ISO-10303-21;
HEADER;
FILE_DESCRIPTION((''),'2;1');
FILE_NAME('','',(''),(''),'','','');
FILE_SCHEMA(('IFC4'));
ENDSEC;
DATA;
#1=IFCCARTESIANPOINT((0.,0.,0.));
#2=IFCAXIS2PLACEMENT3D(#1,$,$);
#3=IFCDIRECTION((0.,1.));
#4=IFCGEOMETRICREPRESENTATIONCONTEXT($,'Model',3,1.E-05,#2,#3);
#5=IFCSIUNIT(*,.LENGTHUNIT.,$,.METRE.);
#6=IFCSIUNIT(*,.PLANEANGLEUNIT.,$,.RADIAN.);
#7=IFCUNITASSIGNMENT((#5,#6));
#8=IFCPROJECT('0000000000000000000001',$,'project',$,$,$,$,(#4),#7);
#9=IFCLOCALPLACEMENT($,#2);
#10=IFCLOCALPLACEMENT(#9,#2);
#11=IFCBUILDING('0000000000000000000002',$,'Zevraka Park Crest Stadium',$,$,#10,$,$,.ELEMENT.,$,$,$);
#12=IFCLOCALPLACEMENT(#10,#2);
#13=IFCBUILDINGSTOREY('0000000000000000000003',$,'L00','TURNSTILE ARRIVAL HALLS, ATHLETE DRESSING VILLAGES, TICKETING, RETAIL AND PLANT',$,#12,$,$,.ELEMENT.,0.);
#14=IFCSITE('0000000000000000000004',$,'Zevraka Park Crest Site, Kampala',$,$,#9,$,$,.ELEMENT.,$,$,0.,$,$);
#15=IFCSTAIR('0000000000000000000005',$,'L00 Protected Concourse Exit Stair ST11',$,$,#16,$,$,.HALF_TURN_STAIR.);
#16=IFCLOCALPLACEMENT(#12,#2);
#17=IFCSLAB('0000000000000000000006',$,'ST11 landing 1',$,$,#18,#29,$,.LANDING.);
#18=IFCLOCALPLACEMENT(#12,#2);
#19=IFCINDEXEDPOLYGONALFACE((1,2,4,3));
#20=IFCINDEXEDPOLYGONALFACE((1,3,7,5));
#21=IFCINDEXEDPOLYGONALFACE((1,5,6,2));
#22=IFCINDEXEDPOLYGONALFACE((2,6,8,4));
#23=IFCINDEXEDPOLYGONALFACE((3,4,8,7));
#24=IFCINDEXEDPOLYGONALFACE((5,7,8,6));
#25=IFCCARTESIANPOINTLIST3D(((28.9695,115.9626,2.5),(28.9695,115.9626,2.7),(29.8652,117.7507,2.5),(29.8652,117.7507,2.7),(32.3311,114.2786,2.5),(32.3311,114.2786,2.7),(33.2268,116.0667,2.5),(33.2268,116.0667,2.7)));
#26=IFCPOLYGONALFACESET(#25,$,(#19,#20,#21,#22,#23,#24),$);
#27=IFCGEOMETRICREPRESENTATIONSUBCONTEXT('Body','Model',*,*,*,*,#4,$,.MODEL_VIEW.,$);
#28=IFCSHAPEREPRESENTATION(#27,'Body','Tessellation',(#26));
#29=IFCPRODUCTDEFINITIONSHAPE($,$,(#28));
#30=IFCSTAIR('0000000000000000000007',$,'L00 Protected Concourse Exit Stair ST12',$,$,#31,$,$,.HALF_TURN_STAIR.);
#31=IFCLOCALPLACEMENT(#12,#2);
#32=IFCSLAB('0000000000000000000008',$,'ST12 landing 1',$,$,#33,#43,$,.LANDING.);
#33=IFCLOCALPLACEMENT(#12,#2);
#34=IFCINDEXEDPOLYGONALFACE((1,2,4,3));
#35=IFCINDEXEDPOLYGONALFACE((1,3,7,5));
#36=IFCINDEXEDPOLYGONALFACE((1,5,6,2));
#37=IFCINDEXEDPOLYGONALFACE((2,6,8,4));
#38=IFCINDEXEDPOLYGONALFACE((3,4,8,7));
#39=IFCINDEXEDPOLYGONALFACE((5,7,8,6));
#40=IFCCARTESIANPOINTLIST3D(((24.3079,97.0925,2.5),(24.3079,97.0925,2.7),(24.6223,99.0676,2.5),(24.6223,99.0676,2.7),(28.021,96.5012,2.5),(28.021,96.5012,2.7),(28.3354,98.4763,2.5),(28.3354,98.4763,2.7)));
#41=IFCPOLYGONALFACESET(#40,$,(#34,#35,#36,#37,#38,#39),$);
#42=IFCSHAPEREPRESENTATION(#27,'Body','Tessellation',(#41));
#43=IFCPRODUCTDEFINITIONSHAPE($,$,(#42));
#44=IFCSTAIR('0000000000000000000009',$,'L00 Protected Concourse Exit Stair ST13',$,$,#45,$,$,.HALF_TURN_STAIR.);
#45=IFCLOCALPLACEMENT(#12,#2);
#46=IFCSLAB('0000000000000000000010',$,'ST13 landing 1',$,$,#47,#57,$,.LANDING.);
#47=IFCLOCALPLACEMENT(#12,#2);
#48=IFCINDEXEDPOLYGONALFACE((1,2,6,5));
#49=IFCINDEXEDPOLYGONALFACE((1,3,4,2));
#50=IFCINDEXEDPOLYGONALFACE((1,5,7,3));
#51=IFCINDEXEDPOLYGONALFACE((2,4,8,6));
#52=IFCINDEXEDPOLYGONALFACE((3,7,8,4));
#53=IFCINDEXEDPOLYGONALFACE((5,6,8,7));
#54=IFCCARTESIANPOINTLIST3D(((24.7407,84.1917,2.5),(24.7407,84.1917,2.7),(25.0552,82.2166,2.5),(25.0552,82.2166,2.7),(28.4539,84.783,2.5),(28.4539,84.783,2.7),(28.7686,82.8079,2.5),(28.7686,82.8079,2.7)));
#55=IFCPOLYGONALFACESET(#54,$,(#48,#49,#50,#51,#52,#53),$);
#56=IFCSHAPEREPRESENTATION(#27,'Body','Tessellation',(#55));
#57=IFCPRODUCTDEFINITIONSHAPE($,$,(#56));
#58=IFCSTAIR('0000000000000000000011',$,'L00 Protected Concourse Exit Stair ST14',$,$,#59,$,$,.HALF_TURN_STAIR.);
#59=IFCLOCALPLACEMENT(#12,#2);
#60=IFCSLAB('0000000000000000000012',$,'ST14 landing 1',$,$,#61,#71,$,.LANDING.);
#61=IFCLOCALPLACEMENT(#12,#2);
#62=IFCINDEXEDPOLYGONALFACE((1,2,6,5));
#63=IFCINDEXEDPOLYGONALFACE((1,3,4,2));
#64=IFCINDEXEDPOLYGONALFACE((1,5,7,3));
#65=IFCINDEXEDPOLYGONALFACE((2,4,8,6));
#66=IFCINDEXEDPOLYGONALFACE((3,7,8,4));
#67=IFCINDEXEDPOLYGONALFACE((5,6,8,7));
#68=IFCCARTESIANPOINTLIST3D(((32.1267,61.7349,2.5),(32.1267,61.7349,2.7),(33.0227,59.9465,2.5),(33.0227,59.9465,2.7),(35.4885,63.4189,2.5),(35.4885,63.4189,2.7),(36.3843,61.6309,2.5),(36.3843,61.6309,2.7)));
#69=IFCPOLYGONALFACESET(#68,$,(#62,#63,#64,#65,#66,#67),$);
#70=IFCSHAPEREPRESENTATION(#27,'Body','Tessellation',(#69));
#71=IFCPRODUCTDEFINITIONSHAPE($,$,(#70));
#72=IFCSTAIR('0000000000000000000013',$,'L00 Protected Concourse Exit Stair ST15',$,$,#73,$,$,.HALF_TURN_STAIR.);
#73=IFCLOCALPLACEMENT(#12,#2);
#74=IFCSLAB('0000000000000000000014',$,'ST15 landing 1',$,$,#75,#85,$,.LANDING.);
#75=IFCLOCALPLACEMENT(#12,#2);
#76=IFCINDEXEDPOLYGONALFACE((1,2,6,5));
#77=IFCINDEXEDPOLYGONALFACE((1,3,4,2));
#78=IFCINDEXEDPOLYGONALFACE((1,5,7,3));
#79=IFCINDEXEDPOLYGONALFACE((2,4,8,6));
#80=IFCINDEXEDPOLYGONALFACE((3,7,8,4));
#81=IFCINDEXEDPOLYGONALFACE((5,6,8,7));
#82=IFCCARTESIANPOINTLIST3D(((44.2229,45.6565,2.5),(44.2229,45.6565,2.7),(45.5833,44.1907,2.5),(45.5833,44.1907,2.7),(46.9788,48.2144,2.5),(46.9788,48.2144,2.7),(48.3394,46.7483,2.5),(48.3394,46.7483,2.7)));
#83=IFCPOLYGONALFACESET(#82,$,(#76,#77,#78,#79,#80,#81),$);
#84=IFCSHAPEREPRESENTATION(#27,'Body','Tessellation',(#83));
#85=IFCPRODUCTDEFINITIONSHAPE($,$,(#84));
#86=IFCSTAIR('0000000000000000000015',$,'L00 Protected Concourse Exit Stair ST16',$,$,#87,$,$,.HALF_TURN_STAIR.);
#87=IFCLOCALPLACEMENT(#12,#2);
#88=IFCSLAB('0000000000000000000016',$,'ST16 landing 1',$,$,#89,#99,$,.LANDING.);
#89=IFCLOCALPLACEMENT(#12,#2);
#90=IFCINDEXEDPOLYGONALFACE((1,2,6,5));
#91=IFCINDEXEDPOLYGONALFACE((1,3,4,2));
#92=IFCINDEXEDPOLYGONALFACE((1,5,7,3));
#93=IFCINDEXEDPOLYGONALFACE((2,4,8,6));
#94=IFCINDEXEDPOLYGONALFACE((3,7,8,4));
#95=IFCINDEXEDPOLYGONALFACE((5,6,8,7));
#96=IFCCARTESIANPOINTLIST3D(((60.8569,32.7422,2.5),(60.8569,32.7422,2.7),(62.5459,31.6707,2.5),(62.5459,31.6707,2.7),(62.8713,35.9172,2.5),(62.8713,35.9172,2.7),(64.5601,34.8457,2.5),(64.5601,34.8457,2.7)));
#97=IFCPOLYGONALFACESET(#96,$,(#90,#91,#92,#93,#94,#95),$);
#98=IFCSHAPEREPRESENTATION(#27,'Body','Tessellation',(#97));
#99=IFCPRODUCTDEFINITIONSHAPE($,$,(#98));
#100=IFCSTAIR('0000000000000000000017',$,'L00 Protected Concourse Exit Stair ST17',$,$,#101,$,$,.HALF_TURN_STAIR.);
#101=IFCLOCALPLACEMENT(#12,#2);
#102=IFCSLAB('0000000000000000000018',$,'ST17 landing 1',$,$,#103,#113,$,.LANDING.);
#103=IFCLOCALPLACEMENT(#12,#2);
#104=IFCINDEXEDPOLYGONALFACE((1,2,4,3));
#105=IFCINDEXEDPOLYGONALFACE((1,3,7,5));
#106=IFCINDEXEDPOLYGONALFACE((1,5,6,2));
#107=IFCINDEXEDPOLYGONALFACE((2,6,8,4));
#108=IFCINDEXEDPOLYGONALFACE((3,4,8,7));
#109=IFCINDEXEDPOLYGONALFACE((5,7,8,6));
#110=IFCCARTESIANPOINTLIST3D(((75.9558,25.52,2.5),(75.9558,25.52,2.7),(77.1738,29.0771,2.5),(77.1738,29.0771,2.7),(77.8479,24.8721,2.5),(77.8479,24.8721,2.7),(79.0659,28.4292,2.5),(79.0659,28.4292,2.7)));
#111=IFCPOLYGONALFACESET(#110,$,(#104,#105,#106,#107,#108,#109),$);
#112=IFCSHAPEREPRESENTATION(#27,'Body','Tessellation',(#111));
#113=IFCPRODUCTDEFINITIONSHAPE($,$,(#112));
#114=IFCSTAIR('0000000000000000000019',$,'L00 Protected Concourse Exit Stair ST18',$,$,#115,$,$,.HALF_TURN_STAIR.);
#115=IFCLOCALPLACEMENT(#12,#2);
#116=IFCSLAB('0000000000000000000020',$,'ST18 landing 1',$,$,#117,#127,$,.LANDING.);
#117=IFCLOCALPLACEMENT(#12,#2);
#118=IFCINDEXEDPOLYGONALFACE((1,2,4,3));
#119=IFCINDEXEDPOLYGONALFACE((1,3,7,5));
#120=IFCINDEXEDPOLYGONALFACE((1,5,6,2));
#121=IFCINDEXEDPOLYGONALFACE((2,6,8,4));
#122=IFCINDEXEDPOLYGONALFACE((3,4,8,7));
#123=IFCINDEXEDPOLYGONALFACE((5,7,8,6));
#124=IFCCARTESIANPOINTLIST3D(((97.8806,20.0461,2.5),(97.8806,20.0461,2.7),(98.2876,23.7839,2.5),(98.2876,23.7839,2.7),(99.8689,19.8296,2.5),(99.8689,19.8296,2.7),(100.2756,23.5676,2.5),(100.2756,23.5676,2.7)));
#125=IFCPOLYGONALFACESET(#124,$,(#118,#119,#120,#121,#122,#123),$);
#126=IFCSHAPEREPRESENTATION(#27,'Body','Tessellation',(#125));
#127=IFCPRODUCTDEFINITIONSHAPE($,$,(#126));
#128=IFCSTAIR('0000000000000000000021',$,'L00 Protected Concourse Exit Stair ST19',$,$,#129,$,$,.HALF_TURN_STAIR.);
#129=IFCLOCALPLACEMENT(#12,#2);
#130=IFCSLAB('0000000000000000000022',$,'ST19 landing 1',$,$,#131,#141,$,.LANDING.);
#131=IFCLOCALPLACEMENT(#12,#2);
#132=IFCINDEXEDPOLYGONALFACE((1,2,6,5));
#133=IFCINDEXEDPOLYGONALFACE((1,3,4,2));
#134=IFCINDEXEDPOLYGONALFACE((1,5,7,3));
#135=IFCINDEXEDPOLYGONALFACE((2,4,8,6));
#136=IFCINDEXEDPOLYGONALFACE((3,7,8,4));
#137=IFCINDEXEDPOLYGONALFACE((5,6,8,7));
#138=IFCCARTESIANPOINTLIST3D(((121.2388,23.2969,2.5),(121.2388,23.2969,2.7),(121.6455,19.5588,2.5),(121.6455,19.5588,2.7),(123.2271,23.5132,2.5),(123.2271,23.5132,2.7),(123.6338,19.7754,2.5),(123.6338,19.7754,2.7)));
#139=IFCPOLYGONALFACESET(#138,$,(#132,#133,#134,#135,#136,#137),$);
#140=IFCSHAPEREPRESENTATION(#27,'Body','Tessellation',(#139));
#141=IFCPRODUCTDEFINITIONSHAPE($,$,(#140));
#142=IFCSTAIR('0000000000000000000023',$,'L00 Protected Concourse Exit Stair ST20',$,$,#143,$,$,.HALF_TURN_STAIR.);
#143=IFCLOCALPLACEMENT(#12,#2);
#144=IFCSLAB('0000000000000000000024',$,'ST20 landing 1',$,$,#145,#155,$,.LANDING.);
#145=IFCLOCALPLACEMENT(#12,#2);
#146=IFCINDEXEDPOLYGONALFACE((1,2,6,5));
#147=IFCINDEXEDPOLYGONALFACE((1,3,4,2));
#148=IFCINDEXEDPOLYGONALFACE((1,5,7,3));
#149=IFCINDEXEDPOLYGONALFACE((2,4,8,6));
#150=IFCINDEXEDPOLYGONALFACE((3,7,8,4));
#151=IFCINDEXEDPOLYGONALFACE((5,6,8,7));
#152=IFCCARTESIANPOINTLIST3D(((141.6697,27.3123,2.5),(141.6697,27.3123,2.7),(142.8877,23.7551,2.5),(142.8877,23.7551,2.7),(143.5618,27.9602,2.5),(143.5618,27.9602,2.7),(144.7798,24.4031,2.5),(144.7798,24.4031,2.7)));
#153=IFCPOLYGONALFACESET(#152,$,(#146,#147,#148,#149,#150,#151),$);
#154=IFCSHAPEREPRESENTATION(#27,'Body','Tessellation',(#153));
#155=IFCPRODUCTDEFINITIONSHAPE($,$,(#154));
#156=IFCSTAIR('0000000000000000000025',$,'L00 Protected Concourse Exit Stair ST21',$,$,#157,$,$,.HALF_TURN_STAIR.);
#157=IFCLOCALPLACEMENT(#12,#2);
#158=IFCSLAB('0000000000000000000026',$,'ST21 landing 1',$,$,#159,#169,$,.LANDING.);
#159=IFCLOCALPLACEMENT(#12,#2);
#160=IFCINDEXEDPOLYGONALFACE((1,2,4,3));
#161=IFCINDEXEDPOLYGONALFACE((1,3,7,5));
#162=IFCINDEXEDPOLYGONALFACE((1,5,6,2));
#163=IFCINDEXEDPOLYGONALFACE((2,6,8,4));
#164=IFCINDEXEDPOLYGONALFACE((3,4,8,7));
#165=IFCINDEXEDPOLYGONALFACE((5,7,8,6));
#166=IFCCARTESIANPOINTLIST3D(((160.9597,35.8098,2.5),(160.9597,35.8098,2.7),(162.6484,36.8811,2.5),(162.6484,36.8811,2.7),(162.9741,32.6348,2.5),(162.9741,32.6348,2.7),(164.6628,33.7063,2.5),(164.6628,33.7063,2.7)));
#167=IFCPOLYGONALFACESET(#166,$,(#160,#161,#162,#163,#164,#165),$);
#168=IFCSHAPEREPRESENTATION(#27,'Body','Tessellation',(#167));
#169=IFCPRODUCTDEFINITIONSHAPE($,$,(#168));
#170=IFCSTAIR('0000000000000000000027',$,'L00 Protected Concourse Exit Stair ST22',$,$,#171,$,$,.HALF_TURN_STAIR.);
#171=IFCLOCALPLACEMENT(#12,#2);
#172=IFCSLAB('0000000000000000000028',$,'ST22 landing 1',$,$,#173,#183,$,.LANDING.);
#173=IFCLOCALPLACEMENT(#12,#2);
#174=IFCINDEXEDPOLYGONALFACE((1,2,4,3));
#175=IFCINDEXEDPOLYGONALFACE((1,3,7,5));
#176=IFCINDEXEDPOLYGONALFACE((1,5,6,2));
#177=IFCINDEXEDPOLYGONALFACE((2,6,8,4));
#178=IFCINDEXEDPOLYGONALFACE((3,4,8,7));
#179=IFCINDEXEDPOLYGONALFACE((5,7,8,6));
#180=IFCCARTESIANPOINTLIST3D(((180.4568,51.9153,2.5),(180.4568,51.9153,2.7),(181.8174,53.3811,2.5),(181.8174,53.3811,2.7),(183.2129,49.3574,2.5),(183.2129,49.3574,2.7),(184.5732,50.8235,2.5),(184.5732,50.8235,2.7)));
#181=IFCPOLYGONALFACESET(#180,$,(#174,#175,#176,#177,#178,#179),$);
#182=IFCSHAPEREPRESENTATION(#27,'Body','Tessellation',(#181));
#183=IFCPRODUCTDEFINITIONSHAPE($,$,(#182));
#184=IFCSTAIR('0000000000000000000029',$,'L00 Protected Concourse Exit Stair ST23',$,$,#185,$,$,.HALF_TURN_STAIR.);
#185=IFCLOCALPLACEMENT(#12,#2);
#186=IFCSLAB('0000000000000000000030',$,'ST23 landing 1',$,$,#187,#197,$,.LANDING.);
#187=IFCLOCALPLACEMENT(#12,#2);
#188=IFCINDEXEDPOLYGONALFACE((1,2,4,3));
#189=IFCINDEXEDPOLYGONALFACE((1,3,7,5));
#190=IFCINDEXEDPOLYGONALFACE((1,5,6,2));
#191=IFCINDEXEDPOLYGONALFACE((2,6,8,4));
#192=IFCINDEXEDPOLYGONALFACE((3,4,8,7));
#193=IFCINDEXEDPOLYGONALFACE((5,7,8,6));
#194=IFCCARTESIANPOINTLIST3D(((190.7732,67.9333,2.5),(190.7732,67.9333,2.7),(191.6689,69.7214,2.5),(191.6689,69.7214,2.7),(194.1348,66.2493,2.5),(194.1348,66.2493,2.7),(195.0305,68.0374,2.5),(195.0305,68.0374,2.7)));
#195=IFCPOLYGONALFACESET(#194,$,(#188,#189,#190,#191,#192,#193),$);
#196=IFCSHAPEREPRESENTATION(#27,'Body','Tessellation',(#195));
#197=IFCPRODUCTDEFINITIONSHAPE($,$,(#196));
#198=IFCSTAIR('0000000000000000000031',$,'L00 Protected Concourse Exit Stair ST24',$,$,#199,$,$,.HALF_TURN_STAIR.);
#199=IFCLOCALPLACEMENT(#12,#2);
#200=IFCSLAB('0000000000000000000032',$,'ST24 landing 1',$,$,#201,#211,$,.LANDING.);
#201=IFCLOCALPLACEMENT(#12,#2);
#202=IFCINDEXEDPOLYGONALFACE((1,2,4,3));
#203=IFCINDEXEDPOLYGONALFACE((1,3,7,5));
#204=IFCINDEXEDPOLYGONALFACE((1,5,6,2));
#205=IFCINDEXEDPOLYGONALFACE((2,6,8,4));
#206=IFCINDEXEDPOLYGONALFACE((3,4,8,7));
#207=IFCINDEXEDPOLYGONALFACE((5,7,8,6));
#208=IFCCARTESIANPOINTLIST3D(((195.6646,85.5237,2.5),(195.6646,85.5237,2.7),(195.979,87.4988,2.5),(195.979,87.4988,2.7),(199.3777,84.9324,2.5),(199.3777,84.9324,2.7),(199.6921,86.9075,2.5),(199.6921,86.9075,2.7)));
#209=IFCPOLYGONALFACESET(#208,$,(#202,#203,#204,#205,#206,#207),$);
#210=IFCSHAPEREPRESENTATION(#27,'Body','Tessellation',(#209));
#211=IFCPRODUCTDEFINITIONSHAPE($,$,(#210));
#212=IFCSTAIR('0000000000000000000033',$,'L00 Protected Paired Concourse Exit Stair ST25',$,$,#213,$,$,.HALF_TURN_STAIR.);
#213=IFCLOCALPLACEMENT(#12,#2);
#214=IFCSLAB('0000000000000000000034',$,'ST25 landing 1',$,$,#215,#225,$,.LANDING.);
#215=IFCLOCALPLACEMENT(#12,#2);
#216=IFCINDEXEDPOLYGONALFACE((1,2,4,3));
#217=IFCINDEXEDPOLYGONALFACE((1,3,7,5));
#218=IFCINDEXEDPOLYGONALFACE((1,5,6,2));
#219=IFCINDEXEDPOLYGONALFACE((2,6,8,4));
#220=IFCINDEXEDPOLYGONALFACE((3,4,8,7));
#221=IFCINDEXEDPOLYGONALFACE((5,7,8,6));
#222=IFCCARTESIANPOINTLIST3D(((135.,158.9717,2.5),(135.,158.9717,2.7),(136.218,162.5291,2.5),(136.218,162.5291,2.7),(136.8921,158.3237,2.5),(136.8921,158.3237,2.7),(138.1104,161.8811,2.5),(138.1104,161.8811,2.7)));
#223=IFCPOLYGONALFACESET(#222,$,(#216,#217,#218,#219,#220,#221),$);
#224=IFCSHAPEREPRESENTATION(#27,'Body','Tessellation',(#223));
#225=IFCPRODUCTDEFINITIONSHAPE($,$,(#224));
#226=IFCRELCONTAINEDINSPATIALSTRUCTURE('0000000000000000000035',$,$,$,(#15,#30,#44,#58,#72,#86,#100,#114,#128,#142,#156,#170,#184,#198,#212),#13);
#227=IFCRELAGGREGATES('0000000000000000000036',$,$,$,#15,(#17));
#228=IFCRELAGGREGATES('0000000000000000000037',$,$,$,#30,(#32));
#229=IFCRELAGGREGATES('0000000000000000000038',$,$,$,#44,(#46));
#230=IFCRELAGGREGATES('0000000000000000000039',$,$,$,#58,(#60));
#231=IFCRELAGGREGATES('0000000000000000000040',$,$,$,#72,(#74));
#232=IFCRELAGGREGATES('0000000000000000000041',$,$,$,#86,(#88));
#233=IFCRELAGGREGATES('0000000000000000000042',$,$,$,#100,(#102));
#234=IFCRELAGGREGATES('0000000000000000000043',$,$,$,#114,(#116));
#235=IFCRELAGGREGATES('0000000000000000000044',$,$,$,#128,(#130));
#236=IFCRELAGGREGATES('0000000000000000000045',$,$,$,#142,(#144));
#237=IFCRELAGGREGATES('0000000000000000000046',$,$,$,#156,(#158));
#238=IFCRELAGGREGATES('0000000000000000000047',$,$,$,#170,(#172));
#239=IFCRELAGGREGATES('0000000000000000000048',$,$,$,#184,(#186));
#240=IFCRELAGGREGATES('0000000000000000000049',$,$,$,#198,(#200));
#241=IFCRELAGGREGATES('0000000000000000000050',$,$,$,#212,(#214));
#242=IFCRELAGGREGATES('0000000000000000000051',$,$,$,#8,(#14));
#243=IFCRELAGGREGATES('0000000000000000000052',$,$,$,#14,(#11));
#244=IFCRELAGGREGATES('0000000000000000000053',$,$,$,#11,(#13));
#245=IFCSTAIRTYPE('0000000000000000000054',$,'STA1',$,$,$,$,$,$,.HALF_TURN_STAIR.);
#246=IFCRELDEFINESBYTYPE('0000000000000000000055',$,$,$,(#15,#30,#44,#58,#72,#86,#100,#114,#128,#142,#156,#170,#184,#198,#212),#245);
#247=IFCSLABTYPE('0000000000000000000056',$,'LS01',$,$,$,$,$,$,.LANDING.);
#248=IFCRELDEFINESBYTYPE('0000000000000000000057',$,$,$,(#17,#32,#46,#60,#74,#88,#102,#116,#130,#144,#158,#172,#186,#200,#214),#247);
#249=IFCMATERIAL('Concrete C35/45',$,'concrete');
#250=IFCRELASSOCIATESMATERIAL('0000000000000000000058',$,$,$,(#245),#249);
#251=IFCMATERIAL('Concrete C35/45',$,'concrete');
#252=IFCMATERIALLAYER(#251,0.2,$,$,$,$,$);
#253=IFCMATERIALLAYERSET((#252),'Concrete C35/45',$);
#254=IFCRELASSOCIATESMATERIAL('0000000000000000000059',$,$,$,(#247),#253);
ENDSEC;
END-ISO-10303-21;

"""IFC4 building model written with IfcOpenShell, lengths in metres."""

from ifc_helpers import new_model, si_unit, direction, frame, origin, place, context, subcontext, project, spatial, polyline, outline, extrude, material, layer, layer_set, type_object, element, aggregate, save


model = new_model("IFC4")

# Units and contexts
model_context = context("Model", 3, precision=1e-05, world=origin(), true_north=direction((0.0, 1.0)))
body_context = subcontext(model_context, "Body", "Model", "MODEL_VIEW")
ifc_project = project(units=[si_unit("LENGTHUNIT", "METRE"), si_unit("PLANEANGLEUNIT", "RADIAN")], contexts=[model_context])

# Site, building, storey
site_placement = place(None, origin())
site = spatial("IfcSite", under=ifc_project, at=site_placement, Name="Zevraka Park Crest Site, Kampala", CompositionType="ELEMENT", RefElevation=0.0)
building_placement = place(site_placement, origin())
building = spatial("IfcBuilding", under=site, at=building_placement, Name="Zevraka Park Crest Stadium", CompositionType="ELEMENT")
storey_placement = place(building_placement, origin())
storey = spatial("IfcBuildingStorey", under=building, at=storey_placement, Name="L00", Description="TURNSTILE ARRIVAL HALLS, ATHLETE DRESSING VILLAGES, TICKETING, RETAIL AND PLANT", CompositionType="ELEMENT", Elevation=0.0)

# Stairs, slabs
ifc_material_1 = material(Name="Concrete C35/45", Category="concrete")
stair_type = type_object("IfcStairType", Name="STA1", PredefinedType="HALF_TURN_STAIR", material=ifc_material_1)
stair_1_placement = place(storey_placement, origin())
stair_1 = element("IfcStair", 1, at=stair_1_placement, inside=storey, type_object=stair_type, Name="L00 Protected Concourse Exit Stair ST11", PredefinedType="HALF_TURN_STAIR")
ifc_material_2 = material(Name="Concrete C35/45", Category="concrete")
ifc_layer = layer(ifc_material_2, 0.2)
ifc_layer_set = layer_set([ifc_layer], Name="Concrete C35/45")
slab_type = type_object("IfcSlabType", Name="LS01", PredefinedType="LANDING", material=ifc_layer_set)
slab_1_placement = place(storey_placement, frame((0.0, 0.0, 2.5)))
slab_1 = element("IfcSlab", 2, at=slab_1_placement, type_object=slab_type, Name="ST11 landing 1", PredefinedType="LANDING", context=body_context, shape_type="SweptSolid", body=[
    extrude(outline(polyline([(29.8652, 117.7507), (28.9695, 115.9626), (32.3311, 114.2786), (33.2268, 116.0667), (29.8652, 117.7507)])), origin(), (0.0, 0.0, 1.0), 0.2),
])
aggregate(stair_1, [slab_1])
stair_2_placement = place(storey_placement, origin())
stair_2 = element("IfcStair", 3, at=stair_2_placement, inside=storey, type_object=stair_type, Name="L00 Protected Concourse Exit Stair ST12", PredefinedType="HALF_TURN_STAIR")
slab_2_placement = place(storey_placement, frame((0.0, 0.0, 2.5)))
slab_2 = element("IfcSlab", 4, at=slab_2_placement, type_object=slab_type, Name="ST12 landing 1", PredefinedType="LANDING", context=body_context, shape_type="SweptSolid", body=[
    extrude(outline(polyline([(24.6223, 99.0676), (24.3079, 97.0925), (28.021, 96.5012), (28.3354, 98.4763), (24.6223, 99.0676)])), origin(), (0.0, 0.0, 1.0), 0.2),
])
aggregate(stair_2, [slab_2])
stair_3_placement = place(storey_placement, origin())
stair_3 = element("IfcStair", 5, at=stair_3_placement, inside=storey, type_object=stair_type, Name="L00 Protected Concourse Exit Stair ST13", PredefinedType="HALF_TURN_STAIR")
slab_3_placement = place(storey_placement, frame((0.0, 0.0, 2.5)))
slab_3 = element("IfcSlab", 6, at=slab_3_placement, type_object=slab_type, Name="ST13 landing 1", PredefinedType="LANDING", context=body_context, shape_type="SweptSolid", body=[
    extrude(outline(polyline([(24.7407, 84.1917), (25.0552, 82.2166), (28.7686, 82.8079), (28.4539, 84.783), (24.7407, 84.1917)])), origin(), (0.0, 0.0, 1.0), 0.2),
])
aggregate(stair_3, [slab_3])
stair_4_placement = place(storey_placement, origin())
stair_4 = element("IfcStair", 7, at=stair_4_placement, inside=storey, type_object=stair_type, Name="L00 Protected Concourse Exit Stair ST14", PredefinedType="HALF_TURN_STAIR")
slab_4_placement = place(storey_placement, frame((0.0, 0.0, 2.5)))
slab_4 = element("IfcSlab", 8, at=slab_4_placement, type_object=slab_type, Name="ST14 landing 1", PredefinedType="LANDING", context=body_context, shape_type="SweptSolid", body=[
    extrude(outline(polyline([(32.1267, 61.7349), (33.0227, 59.9465), (36.3843, 61.6309), (35.4885, 63.4189), (32.1267, 61.7349)])), origin(), (0.0, 0.0, 1.0), 0.2),
])
aggregate(stair_4, [slab_4])
stair_5_placement = place(storey_placement, origin())
stair_5 = element("IfcStair", 9, at=stair_5_placement, inside=storey, type_object=stair_type, Name="L00 Protected Concourse Exit Stair ST15", PredefinedType="HALF_TURN_STAIR")
slab_5_placement = place(storey_placement, frame((0.0, 0.0, 2.5)))
slab_5 = element("IfcSlab", 10, at=slab_5_placement, type_object=slab_type, Name="ST15 landing 1", PredefinedType="LANDING", context=body_context, shape_type="SweptSolid", body=[
    extrude(outline(polyline([(44.2229, 45.6565), (45.5833, 44.1907), (48.3394, 46.7483), (46.9788, 48.2144), (44.2229, 45.6565)])), origin(), (0.0, 0.0, 1.0), 0.2),
])
aggregate(stair_5, [slab_5])
stair_6_placement = place(storey_placement, origin())
stair_6 = element("IfcStair", 11, at=stair_6_placement, inside=storey, type_object=stair_type, Name="L00 Protected Concourse Exit Stair ST16", PredefinedType="HALF_TURN_STAIR")
slab_6_placement = place(storey_placement, frame((0.0, 0.0, 2.5)))
slab_6 = element("IfcSlab", 12, at=slab_6_placement, type_object=slab_type, Name="ST16 landing 1", PredefinedType="LANDING", context=body_context, shape_type="SweptSolid", body=[
    extrude(outline(polyline([(60.8569, 32.7422), (62.5459, 31.6707), (64.5601, 34.8457), (62.8713, 35.9172), (60.8569, 32.7422)])), origin(), (0.0, 0.0, 1.0), 0.2),
])
aggregate(stair_6, [slab_6])
stair_7_placement = place(storey_placement, origin())
stair_7 = element("IfcStair", 13, at=stair_7_placement, inside=storey, type_object=stair_type, Name="L00 Protected Concourse Exit Stair ST17", PredefinedType="HALF_TURN_STAIR")
slab_7_placement = place(storey_placement, frame((0.0, 0.0, 2.5)))
slab_7 = element("IfcSlab", 14, at=slab_7_placement, type_object=slab_type, Name="ST17 landing 1", PredefinedType="LANDING", context=body_context, shape_type="SweptSolid", body=[
    extrude(outline(polyline([(75.9558, 25.52), (77.8479, 24.8721), (79.0659, 28.4292), (77.1738, 29.0771), (75.9558, 25.52)])), origin(), (0.0, 0.0, 1.0), 0.2),
])
aggregate(stair_7, [slab_7])
stair_8_placement = place(storey_placement, origin())
stair_8 = element("IfcStair", 15, at=stair_8_placement, inside=storey, type_object=stair_type, Name="L00 Protected Concourse Exit Stair ST18", PredefinedType="HALF_TURN_STAIR")
slab_8_placement = place(storey_placement, frame((0.0, 0.0, 2.5)))
slab_8 = element("IfcSlab", 16, at=slab_8_placement, type_object=slab_type, Name="ST18 landing 1", PredefinedType="LANDING", context=body_context, shape_type="SweptSolid", body=[
    extrude(outline(polyline([(97.8806, 20.0461), (99.8689, 19.8296), (100.2756, 23.5676), (98.2876, 23.7839), (97.8806, 20.0461)])), origin(), (0.0, 0.0, 1.0), 0.2),
])
aggregate(stair_8, [slab_8])
stair_9_placement = place(storey_placement, origin())
stair_9 = element("IfcStair", 17, at=stair_9_placement, inside=storey, type_object=stair_type, Name="L00 Protected Concourse Exit Stair ST19", PredefinedType="HALF_TURN_STAIR")
slab_9_placement = place(storey_placement, frame((0.0, 0.0, 2.5)))
slab_9 = element("IfcSlab", 18, at=slab_9_placement, type_object=slab_type, Name="ST19 landing 1", PredefinedType="LANDING", context=body_context, shape_type="SweptSolid", body=[
    extrude(outline(polyline([(121.6455, 19.5588), (123.6338, 19.7754), (123.2271, 23.5132), (121.2388, 23.2969), (121.6455, 19.5588)])), origin(), (0.0, 0.0, 1.0), 0.2),
])
aggregate(stair_9, [slab_9])
stair_10_placement = place(storey_placement, origin())
stair_10 = element("IfcStair", 19, at=stair_10_placement, inside=storey, type_object=stair_type, Name="L00 Protected Concourse Exit Stair ST20", PredefinedType="HALF_TURN_STAIR")
slab_10_placement = place(storey_placement, frame((0.0, 0.0, 2.5)))
slab_10 = element("IfcSlab", 20, at=slab_10_placement, type_object=slab_type, Name="ST20 landing 1", PredefinedType="LANDING", context=body_context, shape_type="SweptSolid", body=[
    extrude(outline(polyline([(142.8877, 23.7551), (144.7798, 24.4031), (143.5618, 27.9602), (141.6697, 27.3123), (142.8877, 23.7551)])), origin(), (0.0, 0.0, 1.0), 0.2),
])
aggregate(stair_10, [slab_10])
stair_11_placement = place(storey_placement, origin())
stair_11 = element("IfcStair", 21, at=stair_11_placement, inside=storey, type_object=stair_type, Name="L00 Protected Concourse Exit Stair ST21", PredefinedType="HALF_TURN_STAIR")
slab_11_placement = place(storey_placement, frame((0.0, 0.0, 2.5)))
slab_11 = element("IfcSlab", 22, at=slab_11_placement, type_object=slab_type, Name="ST21 landing 1", PredefinedType="LANDING", context=body_context, shape_type="SweptSolid", body=[
    extrude(outline(polyline([(162.9741, 32.6348), (164.6628, 33.7063), (162.6484, 36.8811), (160.9597, 35.8098), (162.9741, 32.6348)])), origin(), (0.0, 0.0, 1.0), 0.2),
])
aggregate(stair_11, [slab_11])
stair_12_placement = place(storey_placement, origin())
stair_12 = element("IfcStair", 23, at=stair_12_placement, inside=storey, type_object=stair_type, Name="L00 Protected Concourse Exit Stair ST22", PredefinedType="HALF_TURN_STAIR")
slab_12_placement = place(storey_placement, frame((0.0, 0.0, 2.5)))
slab_12 = element("IfcSlab", 24, at=slab_12_placement, type_object=slab_type, Name="ST22 landing 1", PredefinedType="LANDING", context=body_context, shape_type="SweptSolid", body=[
    extrude(outline(polyline([(183.2129, 49.3574), (184.5732, 50.8235), (181.8174, 53.3811), (180.4568, 51.9153), (183.2129, 49.3574)])), origin(), (0.0, 0.0, 1.0), 0.2),
])
aggregate(stair_12, [slab_12])
stair_13_placement = place(storey_placement, origin())
stair_13 = element("IfcStair", 25, at=stair_13_placement, inside=storey, type_object=stair_type, Name="L00 Protected Concourse Exit Stair ST23", PredefinedType="HALF_TURN_STAIR")
slab_13_placement = place(storey_placement, frame((0.0, 0.0, 2.5)))
slab_13 = element("IfcSlab", 26, at=slab_13_placement, type_object=slab_type, Name="ST23 landing 1", PredefinedType="LANDING", context=body_context, shape_type="SweptSolid", body=[
    extrude(outline(polyline([(194.1348, 66.2493), (195.0305, 68.0374), (191.6689, 69.7214), (190.7732, 67.9333), (194.1348, 66.2493)])), origin(), (0.0, 0.0, 1.0), 0.2),
])
aggregate(stair_13, [slab_13])
stair_14_placement = place(storey_placement, origin())
stair_14 = element("IfcStair", 27, at=stair_14_placement, inside=storey, type_object=stair_type, Name="L00 Protected Concourse Exit Stair ST24", PredefinedType="HALF_TURN_STAIR")
slab_14_placement = place(storey_placement, frame((0.0, 0.0, 2.5)))
slab_14 = element("IfcSlab", 28, at=slab_14_placement, type_object=slab_type, Name="ST24 landing 1", PredefinedType="LANDING", context=body_context, shape_type="SweptSolid", body=[
    extrude(outline(polyline([(199.3777, 84.9324), (199.6921, 86.9075), (195.979, 87.4988), (195.6646, 85.5237), (199.3777, 84.9324)])), origin(), (0.0, 0.0, 1.0), 0.2),
])
aggregate(stair_14, [slab_14])
stair_15_placement = place(storey_placement, origin())
stair_15 = element("IfcStair", 29, at=stair_15_placement, inside=storey, type_object=stair_type, Name="L00 Protected Paired Concourse Exit Stair ST25", PredefinedType="HALF_TURN_STAIR")
slab_15_placement = place(storey_placement, frame((0.0, 0.0, 2.5)))
slab_15 = element("IfcSlab", 30, at=slab_15_placement, type_object=slab_type, Name="ST25 landing 1", PredefinedType="LANDING", context=body_context, shape_type="SweptSolid", body=[
    extrude(outline(polyline([(138.1104, 161.8811), (136.218, 162.5291), (135.0, 158.9717), (136.8921, 158.3237), (138.1104, 161.8811)])), origin(), (0.0, 0.0, 1.0), 0.2),
])
aggregate(stair_15, [slab_15])

save(model, "model.ifc")
